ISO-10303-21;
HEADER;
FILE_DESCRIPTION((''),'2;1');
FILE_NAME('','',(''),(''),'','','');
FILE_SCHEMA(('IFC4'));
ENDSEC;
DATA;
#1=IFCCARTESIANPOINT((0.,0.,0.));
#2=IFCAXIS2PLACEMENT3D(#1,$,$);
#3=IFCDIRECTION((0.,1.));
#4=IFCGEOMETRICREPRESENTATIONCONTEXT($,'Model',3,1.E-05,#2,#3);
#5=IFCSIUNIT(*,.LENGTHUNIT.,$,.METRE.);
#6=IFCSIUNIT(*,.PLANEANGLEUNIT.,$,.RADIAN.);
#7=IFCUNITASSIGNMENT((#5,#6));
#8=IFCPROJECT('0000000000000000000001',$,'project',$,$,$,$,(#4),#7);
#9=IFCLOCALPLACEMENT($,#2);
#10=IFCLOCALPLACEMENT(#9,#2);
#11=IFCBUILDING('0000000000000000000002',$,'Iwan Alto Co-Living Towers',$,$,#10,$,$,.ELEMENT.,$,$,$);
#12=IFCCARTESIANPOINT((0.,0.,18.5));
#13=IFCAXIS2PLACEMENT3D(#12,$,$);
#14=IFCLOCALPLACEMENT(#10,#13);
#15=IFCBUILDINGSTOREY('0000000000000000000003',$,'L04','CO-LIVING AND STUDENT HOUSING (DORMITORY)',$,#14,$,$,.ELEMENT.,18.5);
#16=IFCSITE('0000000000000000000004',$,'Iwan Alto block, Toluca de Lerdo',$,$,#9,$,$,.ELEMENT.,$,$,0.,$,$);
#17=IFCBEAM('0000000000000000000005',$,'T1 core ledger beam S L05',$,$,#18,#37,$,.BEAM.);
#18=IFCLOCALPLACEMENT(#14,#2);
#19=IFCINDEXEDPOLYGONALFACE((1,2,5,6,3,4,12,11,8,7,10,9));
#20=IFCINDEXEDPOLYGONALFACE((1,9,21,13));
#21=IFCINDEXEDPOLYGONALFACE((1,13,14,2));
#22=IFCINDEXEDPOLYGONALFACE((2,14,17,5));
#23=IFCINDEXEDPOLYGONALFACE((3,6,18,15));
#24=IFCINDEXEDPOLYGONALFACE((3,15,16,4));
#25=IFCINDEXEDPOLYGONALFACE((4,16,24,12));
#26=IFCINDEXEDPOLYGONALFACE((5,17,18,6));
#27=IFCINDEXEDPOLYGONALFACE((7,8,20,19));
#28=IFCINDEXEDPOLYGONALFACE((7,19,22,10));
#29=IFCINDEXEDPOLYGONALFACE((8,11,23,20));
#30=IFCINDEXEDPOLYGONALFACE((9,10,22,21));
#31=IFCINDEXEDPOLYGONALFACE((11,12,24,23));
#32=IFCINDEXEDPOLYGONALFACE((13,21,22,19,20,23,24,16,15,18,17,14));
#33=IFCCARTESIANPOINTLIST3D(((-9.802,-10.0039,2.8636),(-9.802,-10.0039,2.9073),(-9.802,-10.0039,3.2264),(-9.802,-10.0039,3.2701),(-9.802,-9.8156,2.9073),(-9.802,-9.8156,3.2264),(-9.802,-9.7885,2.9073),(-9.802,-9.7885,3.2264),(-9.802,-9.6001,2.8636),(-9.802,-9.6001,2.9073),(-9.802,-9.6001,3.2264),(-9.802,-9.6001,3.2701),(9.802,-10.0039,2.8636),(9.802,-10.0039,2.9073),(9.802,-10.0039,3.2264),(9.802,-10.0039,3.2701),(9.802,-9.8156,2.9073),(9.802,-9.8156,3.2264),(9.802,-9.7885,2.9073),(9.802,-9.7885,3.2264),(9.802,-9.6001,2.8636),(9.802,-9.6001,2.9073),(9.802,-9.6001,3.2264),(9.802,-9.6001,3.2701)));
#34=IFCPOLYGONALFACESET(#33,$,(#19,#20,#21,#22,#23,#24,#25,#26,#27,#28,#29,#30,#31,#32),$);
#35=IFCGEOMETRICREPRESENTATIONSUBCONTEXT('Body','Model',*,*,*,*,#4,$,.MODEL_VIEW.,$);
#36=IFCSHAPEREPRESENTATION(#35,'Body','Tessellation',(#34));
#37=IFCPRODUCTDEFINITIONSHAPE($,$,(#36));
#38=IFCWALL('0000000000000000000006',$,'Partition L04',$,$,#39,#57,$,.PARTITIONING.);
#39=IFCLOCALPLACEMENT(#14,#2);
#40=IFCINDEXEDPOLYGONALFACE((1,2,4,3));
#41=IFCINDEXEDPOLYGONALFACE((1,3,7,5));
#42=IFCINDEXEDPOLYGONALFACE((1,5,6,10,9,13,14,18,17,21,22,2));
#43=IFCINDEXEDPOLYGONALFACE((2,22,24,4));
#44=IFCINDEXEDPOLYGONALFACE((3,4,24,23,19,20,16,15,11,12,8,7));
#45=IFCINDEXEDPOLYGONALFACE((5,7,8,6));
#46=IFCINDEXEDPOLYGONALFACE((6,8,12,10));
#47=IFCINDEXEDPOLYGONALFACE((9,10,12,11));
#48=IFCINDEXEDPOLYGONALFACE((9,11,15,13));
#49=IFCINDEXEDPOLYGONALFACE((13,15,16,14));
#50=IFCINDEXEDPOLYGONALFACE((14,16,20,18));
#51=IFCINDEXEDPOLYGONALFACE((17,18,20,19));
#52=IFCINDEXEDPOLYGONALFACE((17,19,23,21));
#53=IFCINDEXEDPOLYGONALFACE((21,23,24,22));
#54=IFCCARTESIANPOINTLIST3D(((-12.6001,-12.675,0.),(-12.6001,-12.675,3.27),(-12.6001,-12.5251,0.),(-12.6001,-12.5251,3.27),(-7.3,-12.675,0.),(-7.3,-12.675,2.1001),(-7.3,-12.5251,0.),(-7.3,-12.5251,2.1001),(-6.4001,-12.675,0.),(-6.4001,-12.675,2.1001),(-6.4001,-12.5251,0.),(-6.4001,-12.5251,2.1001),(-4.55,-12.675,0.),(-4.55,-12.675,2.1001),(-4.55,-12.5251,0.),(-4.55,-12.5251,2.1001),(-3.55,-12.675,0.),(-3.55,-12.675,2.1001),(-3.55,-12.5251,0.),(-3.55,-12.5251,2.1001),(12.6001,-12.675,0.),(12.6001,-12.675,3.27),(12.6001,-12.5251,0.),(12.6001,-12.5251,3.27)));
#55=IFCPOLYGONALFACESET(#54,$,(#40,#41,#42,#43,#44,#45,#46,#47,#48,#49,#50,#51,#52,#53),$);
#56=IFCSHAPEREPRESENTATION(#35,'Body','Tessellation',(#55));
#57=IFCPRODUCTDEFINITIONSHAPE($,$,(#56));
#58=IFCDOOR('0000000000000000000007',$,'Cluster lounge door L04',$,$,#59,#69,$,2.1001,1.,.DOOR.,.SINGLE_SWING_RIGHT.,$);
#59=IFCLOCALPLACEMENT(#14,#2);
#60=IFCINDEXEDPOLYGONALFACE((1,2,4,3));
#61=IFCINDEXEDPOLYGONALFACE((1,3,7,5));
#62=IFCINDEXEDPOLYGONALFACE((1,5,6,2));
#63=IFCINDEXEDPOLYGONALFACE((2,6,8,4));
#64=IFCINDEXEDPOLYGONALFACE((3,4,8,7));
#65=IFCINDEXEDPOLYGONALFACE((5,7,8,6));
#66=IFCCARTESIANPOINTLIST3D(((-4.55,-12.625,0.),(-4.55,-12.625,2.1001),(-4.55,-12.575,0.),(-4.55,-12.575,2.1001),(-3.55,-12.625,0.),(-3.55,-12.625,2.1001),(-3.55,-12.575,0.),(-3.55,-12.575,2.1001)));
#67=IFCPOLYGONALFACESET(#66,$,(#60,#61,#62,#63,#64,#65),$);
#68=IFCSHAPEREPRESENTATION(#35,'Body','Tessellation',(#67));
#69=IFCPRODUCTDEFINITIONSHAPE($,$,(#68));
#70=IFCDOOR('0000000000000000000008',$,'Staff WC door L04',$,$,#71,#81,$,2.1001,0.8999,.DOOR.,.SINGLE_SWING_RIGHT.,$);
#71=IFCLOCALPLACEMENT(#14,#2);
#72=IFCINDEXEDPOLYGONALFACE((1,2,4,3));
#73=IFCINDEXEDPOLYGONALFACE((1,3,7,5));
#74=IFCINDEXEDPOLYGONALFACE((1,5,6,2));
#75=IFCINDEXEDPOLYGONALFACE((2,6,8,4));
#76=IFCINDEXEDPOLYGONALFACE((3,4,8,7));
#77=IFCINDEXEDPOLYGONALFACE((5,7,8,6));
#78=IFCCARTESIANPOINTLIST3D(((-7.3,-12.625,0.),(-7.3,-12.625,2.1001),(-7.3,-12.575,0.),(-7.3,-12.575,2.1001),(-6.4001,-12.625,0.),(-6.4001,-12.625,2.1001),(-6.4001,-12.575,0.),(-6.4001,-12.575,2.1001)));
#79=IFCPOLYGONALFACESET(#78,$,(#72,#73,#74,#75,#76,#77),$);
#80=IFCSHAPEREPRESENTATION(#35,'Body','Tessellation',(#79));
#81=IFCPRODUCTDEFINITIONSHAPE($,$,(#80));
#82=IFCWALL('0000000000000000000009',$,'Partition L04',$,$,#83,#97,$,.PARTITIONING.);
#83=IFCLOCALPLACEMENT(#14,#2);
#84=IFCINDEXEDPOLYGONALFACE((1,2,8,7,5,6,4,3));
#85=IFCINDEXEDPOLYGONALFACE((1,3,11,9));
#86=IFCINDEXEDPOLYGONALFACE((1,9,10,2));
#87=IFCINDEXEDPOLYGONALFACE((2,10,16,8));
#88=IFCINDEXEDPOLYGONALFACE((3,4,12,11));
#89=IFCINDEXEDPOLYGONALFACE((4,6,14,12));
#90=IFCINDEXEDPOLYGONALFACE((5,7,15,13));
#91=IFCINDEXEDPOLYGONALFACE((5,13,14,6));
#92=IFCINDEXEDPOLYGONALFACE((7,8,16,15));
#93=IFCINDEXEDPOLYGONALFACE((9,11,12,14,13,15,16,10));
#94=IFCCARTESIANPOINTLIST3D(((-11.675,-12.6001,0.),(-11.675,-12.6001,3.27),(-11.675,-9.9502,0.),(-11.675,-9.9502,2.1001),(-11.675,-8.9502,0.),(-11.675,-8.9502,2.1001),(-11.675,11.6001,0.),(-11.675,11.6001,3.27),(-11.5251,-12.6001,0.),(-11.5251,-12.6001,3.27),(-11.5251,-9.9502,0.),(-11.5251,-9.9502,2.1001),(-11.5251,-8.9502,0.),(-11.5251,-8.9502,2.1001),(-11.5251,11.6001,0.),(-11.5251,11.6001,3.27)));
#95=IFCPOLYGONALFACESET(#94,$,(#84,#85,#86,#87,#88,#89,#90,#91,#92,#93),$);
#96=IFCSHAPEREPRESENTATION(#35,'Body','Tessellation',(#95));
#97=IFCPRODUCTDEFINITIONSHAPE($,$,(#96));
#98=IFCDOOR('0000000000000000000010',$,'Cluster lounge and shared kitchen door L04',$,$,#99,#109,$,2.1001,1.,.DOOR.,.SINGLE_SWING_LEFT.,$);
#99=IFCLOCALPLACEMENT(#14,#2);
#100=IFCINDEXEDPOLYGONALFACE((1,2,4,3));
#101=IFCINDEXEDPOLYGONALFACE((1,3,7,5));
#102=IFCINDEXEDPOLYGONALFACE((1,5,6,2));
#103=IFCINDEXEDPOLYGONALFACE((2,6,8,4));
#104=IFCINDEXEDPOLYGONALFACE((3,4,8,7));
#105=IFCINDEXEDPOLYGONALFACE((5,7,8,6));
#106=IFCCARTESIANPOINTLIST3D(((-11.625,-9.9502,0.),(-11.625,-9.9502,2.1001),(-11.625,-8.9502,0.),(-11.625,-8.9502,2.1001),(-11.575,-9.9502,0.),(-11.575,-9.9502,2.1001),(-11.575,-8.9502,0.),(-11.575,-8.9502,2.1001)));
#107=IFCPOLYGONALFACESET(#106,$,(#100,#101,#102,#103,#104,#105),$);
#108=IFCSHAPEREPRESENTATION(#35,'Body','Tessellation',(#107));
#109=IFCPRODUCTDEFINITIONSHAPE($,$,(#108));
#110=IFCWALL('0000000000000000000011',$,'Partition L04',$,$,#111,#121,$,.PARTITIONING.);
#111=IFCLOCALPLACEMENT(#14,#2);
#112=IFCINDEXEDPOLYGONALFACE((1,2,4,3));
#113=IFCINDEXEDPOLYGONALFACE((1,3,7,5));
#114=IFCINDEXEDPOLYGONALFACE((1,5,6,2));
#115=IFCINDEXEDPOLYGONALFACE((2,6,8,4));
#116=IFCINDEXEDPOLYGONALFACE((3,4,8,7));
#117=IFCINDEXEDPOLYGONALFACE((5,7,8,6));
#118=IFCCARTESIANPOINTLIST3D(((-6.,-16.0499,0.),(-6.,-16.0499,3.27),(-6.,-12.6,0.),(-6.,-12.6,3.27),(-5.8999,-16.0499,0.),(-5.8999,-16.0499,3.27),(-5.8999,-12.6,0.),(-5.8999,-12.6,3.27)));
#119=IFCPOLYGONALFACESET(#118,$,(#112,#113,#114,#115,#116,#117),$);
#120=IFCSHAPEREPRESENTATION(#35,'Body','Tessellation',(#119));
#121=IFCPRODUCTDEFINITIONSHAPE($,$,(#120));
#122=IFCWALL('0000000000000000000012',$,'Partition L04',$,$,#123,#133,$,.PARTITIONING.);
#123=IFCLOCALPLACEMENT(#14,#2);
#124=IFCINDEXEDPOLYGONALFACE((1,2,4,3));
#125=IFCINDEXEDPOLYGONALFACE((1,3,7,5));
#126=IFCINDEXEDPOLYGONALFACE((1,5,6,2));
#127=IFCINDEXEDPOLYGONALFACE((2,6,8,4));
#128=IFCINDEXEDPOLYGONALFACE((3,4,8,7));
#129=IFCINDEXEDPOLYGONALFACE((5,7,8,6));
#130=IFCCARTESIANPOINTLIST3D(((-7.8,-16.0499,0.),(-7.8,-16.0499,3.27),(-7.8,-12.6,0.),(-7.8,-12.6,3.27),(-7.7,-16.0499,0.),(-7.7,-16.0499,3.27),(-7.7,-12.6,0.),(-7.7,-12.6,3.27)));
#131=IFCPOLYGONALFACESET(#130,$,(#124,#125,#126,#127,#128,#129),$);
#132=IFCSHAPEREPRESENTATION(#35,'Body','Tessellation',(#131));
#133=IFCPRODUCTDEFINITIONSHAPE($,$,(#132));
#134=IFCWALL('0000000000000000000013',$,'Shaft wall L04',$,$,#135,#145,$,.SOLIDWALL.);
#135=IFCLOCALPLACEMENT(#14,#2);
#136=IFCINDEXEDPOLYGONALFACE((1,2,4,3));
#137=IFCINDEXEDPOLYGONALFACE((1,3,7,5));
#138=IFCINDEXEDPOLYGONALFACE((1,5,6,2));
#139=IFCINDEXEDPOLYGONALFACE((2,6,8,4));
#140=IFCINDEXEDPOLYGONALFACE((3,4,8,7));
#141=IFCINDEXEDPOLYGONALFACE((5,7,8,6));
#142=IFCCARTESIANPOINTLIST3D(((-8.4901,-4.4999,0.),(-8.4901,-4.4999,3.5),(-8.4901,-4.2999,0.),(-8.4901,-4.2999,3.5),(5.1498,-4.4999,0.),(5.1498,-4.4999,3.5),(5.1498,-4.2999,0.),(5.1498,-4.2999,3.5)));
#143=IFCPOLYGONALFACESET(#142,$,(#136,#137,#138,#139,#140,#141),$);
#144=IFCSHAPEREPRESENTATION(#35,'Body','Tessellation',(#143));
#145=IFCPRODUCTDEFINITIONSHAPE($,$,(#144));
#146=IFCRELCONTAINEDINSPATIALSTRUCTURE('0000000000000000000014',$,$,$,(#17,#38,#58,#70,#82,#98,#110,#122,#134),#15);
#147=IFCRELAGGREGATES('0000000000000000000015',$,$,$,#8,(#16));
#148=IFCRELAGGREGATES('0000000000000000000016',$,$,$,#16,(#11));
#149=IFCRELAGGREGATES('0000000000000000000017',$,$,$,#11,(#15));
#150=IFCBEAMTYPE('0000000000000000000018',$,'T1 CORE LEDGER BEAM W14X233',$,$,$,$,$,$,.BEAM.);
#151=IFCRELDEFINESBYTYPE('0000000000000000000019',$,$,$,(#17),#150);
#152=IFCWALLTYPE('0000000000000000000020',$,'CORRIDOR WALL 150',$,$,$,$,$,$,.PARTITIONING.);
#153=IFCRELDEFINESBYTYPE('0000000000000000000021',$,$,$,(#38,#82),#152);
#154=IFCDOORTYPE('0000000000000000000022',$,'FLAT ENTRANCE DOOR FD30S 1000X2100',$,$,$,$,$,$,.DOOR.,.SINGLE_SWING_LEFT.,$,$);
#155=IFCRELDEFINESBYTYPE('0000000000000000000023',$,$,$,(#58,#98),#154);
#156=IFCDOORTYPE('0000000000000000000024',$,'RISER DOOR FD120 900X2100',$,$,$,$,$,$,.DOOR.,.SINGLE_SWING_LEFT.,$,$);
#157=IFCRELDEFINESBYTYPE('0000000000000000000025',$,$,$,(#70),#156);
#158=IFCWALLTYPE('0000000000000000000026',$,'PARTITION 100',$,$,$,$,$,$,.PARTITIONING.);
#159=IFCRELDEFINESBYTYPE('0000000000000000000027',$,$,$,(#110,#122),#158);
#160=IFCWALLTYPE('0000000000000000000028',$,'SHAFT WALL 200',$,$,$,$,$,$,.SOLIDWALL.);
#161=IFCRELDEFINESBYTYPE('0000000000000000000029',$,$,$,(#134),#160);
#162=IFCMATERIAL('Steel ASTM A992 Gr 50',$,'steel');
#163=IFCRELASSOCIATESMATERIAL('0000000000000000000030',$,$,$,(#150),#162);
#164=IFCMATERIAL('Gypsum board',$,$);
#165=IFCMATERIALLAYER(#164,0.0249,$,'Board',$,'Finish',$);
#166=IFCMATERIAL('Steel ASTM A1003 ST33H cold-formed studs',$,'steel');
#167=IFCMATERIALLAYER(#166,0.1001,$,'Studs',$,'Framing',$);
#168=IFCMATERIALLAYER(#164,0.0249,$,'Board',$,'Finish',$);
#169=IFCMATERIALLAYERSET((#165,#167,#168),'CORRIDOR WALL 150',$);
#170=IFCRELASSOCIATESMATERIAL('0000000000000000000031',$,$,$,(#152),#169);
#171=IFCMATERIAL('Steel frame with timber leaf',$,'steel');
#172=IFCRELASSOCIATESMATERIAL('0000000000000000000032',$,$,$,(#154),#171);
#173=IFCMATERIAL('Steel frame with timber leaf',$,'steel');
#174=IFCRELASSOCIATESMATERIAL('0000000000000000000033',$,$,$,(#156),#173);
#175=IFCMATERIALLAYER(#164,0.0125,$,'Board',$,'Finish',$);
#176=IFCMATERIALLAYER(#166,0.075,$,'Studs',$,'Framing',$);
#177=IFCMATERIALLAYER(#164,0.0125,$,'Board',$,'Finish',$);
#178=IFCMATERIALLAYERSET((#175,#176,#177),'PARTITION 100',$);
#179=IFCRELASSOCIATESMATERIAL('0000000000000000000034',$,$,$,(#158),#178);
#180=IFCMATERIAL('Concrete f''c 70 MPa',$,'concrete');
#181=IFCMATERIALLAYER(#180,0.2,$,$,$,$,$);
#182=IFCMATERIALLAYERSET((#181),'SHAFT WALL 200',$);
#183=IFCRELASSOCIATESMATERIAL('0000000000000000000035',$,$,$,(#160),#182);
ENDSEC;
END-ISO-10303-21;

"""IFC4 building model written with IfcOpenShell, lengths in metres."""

from ifc_helpers import new_model, si_unit, direction, frame, frame_2d, origin, origin_2d, place, context, subcontext, project, spatial, rectangle, i_section, extrude, material, layer, layer_set, material_profile, profile_set, type_object, element, fill, save


model = new_model("IFC4")

# Units and contexts
model_context = context("Model", 3, precision=1e-05, world=origin(), true_north=direction((0.0, 1.0)))
body_context = subcontext(model_context, "Body", "Model", "MODEL_VIEW")
ifc_project = project(units=[si_unit("LENGTHUNIT", "METRE"), si_unit("PLANEANGLEUNIT", "RADIAN")], contexts=[model_context])

# Site, building, storey
site_placement = place(None, origin())
site = spatial("IfcSite", under=ifc_project, at=site_placement, Name="Iwan Alto block, Toluca de Lerdo", CompositionType="ELEMENT", RefElevation=0.0)
building_placement = place(site_placement, origin())
building = spatial("IfcBuilding", under=site, at=building_placement, Name="Iwan Alto Co-Living Towers", CompositionType="ELEMENT")
storey_placement = place(building_placement, frame((0.0, 0.0, 18.5)))
storey = spatial("IfcBuildingStorey", under=building, at=storey_placement, Name="L04", Description="CO-LIVING AND STUDENT HOUSING (DORMITORY)", CompositionType="ELEMENT", Elevation=18.5)

# Beam
ifc_material_1 = material(Name="Steel ASTM A992 Gr 50", Category="steel")
ifc_material_profile = material_profile(ifc_material_1, i_section(OverallWidth=0.4038, OverallDepth=0.4065, WebThickness=0.0271, FlangeThickness=0.0437, at=origin_2d()), Name="W14X233")
ifc_profile_set = profile_set([ifc_material_profile], Name="Steel ASTM A992 Gr 50")
beam_type = type_object("IfcBeamType", Name="T1 CORE LEDGER BEAM W14X233", PredefinedType="BEAM", material=ifc_profile_set)
beam_placement = place(storey_placement, frame((-9.802, -9.802, 3.0669), z_axis=(1.0, 0.0, 0.0), x_axis=(0.0, 1.0, 0.0)))
element("IfcBeam", 1, at=beam_placement, inside=storey, type_object=beam_type, Name="T1 core ledger beam S L05", PredefinedType="BEAM", context=body_context, shape_type="SweptSolid", body=[
    extrude(i_section(OverallWidth=0.4038, OverallDepth=0.4065, WebThickness=0.0271, FlangeThickness=0.0437, at=origin_2d()), origin(), (0.0, 0.0, 1.0), 19.604),
])

# Wall, openings, doors
ifc_material_2 = material(Name="Gypsum board")
ifc_layer_1 = layer(ifc_material_2, 0.0249, Name="Board", Category="Finish")
ifc_material_3 = material(Name="Steel ASTM A1003 ST33H cold-formed studs", Category="steel")
ifc_layer_2 = layer(ifc_material_3, 0.1001, Name="Studs", Category="Framing")
ifc_layer_3 = layer(ifc_material_2, 0.0249, Name="Board", Category="Finish")
ifc_layer_set_1 = layer_set([ifc_layer_1, ifc_layer_2, ifc_layer_3], Name="CORRIDOR WALL 150")
wall_type_1 = type_object("IfcWallType", Name="CORRIDOR WALL 150", PredefinedType="PARTITIONING", material=ifc_layer_set_1)
wall_1_placement = place(storey_placement, frame((-12.6001, -12.6001, 0.0), z_axis=(0.0, 0.0, 1.0), x_axis=(1.0, 0.0, 0.0)))
wall_1 = element("IfcWall", 2, at=wall_1_placement, inside=storey, type_object=wall_type_1, Name="Partition L04", PredefinedType="PARTITIONING", context=body_context, shape_type="SweptSolid", body=[
    extrude(rectangle(XDim=25.2002, YDim=0.1499, at=frame_2d((12.6001, 0.0))), origin(), (0.0, 0.0, 1.0), 3.27),
])
opening_1_placement = place(wall_1_placement, frame((8.05, 0.0, 0.0)))
opening_1 = element("IfcOpeningElement", 3, at=opening_1_placement, cuts=wall_1, PredefinedType="OPENING", context=body_context, shape_type="SweptSolid", body=[
    extrude(rectangle(XDim=1.0, YDim=2.1001, at=frame_2d((0.5, 1.05))), frame((0.0, 0.085, 0.0), z_axis=(0.0, -1.0, 0.0), x_axis=(1.0, 0.0, 0.0)), (0.0, 0.0, 1.0), 0.1699),
])
opening_2_placement = place(wall_1_placement, frame((5.3, 0.0, 0.0)))
opening_2 = element("IfcOpeningElement", 4, at=opening_2_placement, cuts=wall_1, PredefinedType="OPENING", context=body_context, shape_type="SweptSolid", body=[
    extrude(rectangle(XDim=0.8999, YDim=2.1001, at=frame_2d((0.45, 1.05))), frame((0.0, 0.085, 0.0), z_axis=(0.0, -1.0, 0.0), x_axis=(1.0, 0.0, 0.0)), (0.0, 0.0, 1.0), 0.1699),
])
ifc_material_4 = material(Name="Steel frame with timber leaf", Category="steel")
door_type_1 = type_object("IfcDoorType", Name="FLAT ENTRANCE DOOR FD30S 1000X2100", OperationType="SINGLE_SWING_LEFT", PredefinedType="DOOR", material=ifc_material_4)
door_1_placement = place(opening_1_placement, frame((1.0, 0.0, 0.0), z_axis=(0.0, 0.0, 1.0), x_axis=(-1.0, 0.0, 0.0)))
door_1 = element("IfcDoor", 5, at=door_1_placement, inside=storey, type_object=door_type_1, Name="Cluster lounge door L04", OperationType="SINGLE_SWING_RIGHT", OverallHeight=2.1001, OverallWidth=1.0, PredefinedType="DOOR", context=body_context, shape_type="SweptSolid", body=[
    extrude(rectangle(XDim=1.0, YDim=2.1001, at=frame_2d((0.5, 1.05))), frame((0.0, 0.0249, 0.0), z_axis=(0.0, -1.0, 0.0), x_axis=(1.0, 0.0, 0.0)), (0.0, 0.0, 1.0), 0.05),
])
fill(opening_1, door_1)
ifc_material_5 = material(Name="Steel frame with timber leaf", Category="steel")
door_type_2 = type_object("IfcDoorType", Name="RISER DOOR FD120 900X2100", OperationType="SINGLE_SWING_LEFT", PredefinedType="DOOR", material=ifc_material_5)
door_2_placement = place(opening_2_placement, frame((0.8999, 0.0, 0.0), z_axis=(0.0, 0.0, 1.0), x_axis=(-1.0, 0.0, 0.0)))
door_2 = element("IfcDoor", 6, at=door_2_placement, inside=storey, type_object=door_type_2, Name="Staff WC door L04", OperationType="SINGLE_SWING_RIGHT", OverallHeight=2.1001, OverallWidth=0.8999, PredefinedType="DOOR", context=body_context, shape_type="SweptSolid", body=[
    extrude(rectangle(XDim=0.8999, YDim=2.1001, at=frame_2d((0.45, 1.05))), frame((0.0, 0.0249, 0.0), z_axis=(0.0, -1.0, 0.0), x_axis=(1.0, 0.0, 0.0)), (0.0, 0.0, 1.0), 0.05),
])
fill(opening_2, door_2)

# Wall, opening, door
wall_2_placement = place(storey_placement, frame((-11.6001, -12.6001, 0.0), z_axis=(0.0, 0.0, 1.0), x_axis=(0.0, 1.0, 0.0)))
wall_2 = element("IfcWall", 7, at=wall_2_placement, inside=storey, type_object=wall_type_1, Name="Partition L04", PredefinedType="PARTITIONING", context=body_context, shape_type="SweptSolid", body=[
    extrude(rectangle(XDim=24.2002, YDim=0.1499, at=frame_2d((12.1001, 0.0))), origin(), (0.0, 0.0, 1.0), 3.27),
])
opening_3_placement = place(wall_2_placement, frame((2.6499, 0.0, 0.0)))
opening_3 = element("IfcOpeningElement", 8, at=opening_3_placement, cuts=wall_2, PredefinedType="OPENING", context=body_context, shape_type="SweptSolid", body=[
    extrude(rectangle(XDim=1.0, YDim=2.1001, at=frame_2d((0.5, 1.05))), frame((0.0, 0.085, 0.0), z_axis=(0.0, -1.0, 0.0), x_axis=(1.0, 0.0, 0.0)), (0.0, 0.0, 1.0), 0.1699),
])
door_3_placement = place(opening_3_placement, origin())
door_3 = element("IfcDoor", 9, at=door_3_placement, inside=storey, type_object=door_type_1, Name="Cluster lounge and shared kitchen door L04", OperationType="SINGLE_SWING_LEFT", OverallHeight=2.1001, OverallWidth=1.0, PredefinedType="DOOR", context=body_context, shape_type="SweptSolid", body=[
    extrude(rectangle(XDim=1.0, YDim=2.1001, at=frame_2d((0.5, 1.05))), frame((0.0, 0.0249, 0.0), z_axis=(0.0, -1.0, 0.0), x_axis=(1.0, 0.0, 0.0)), (0.0, 0.0, 1.0), 0.05),
])
fill(opening_3, door_3)

# Walls
ifc_layer_4 = layer(ifc_material_2, 0.0125, Name="Board", Category="Finish")
ifc_layer_5 = layer(ifc_material_3, 0.075, Name="Studs", Category="Framing")
ifc_layer_6 = layer(ifc_material_2, 0.0125, Name="Board", Category="Finish")
ifc_layer_set_2 = layer_set([ifc_layer_4, ifc_layer_5, ifc_layer_6], Name="PARTITION 100")
wall_type_2 = type_object("IfcWallType", Name="PARTITION 100", PredefinedType="PARTITIONING", material=ifc_layer_set_2)
for number, where, z_axis, x_axis, name in (
    (10, (-5.95, -16.05, 0.0), (0.0, 0.0, 1.0), (0.0, 1.0, 0.0), "Partition L04"),
    (11, (-7.75, -16.05, 0.0), (0.0, 0.0, 1.0), (0.0, 1.0, 0.0), "Partition L04"),
):
    element("IfcWall", number, at=place(storey_placement, frame(where, z_axis=z_axis, x_axis=x_axis)), inside=storey, type_object=wall_type_2, Name=name, PredefinedType="PARTITIONING", context=body_context, shape_type="SweptSolid", body=[
        extrude(rectangle(XDim=3.45, YDim=0.1001, at=frame_2d((1.7251, 0.0))), origin(), (0.0, 0.0, 1.0), 3.27),
    ])
ifc_material_6 = material(Name="Concrete f'c 70 MPa", Category="concrete")
ifc_layer_7 = layer(ifc_material_6, 0.2)
ifc_layer_set_3 = layer_set([ifc_layer_7], Name="SHAFT WALL 200")
wall_type_3 = type_object("IfcWallType", Name="SHAFT WALL 200", PredefinedType="SOLIDWALL", material=ifc_layer_set_3)
wall_3_placement = place(storey_placement, frame((-8.49, -4.3999, 0.0), z_axis=(0.0, 0.0, 1.0), x_axis=(1.0, 0.0, 0.0)))
element("IfcWall", 12, at=wall_3_placement, inside=storey, type_object=wall_type_3, Name="Shaft wall L04", PredefinedType="SOLIDWALL", context=body_context, shape_type="SweptSolid", body=[
    extrude(rectangle(XDim=13.6399, YDim=0.2, at=frame_2d((6.8198, 0.0))), origin(), (0.0, 0.0, 1.0), 3.5),
])

save(model, "model.ifc")
